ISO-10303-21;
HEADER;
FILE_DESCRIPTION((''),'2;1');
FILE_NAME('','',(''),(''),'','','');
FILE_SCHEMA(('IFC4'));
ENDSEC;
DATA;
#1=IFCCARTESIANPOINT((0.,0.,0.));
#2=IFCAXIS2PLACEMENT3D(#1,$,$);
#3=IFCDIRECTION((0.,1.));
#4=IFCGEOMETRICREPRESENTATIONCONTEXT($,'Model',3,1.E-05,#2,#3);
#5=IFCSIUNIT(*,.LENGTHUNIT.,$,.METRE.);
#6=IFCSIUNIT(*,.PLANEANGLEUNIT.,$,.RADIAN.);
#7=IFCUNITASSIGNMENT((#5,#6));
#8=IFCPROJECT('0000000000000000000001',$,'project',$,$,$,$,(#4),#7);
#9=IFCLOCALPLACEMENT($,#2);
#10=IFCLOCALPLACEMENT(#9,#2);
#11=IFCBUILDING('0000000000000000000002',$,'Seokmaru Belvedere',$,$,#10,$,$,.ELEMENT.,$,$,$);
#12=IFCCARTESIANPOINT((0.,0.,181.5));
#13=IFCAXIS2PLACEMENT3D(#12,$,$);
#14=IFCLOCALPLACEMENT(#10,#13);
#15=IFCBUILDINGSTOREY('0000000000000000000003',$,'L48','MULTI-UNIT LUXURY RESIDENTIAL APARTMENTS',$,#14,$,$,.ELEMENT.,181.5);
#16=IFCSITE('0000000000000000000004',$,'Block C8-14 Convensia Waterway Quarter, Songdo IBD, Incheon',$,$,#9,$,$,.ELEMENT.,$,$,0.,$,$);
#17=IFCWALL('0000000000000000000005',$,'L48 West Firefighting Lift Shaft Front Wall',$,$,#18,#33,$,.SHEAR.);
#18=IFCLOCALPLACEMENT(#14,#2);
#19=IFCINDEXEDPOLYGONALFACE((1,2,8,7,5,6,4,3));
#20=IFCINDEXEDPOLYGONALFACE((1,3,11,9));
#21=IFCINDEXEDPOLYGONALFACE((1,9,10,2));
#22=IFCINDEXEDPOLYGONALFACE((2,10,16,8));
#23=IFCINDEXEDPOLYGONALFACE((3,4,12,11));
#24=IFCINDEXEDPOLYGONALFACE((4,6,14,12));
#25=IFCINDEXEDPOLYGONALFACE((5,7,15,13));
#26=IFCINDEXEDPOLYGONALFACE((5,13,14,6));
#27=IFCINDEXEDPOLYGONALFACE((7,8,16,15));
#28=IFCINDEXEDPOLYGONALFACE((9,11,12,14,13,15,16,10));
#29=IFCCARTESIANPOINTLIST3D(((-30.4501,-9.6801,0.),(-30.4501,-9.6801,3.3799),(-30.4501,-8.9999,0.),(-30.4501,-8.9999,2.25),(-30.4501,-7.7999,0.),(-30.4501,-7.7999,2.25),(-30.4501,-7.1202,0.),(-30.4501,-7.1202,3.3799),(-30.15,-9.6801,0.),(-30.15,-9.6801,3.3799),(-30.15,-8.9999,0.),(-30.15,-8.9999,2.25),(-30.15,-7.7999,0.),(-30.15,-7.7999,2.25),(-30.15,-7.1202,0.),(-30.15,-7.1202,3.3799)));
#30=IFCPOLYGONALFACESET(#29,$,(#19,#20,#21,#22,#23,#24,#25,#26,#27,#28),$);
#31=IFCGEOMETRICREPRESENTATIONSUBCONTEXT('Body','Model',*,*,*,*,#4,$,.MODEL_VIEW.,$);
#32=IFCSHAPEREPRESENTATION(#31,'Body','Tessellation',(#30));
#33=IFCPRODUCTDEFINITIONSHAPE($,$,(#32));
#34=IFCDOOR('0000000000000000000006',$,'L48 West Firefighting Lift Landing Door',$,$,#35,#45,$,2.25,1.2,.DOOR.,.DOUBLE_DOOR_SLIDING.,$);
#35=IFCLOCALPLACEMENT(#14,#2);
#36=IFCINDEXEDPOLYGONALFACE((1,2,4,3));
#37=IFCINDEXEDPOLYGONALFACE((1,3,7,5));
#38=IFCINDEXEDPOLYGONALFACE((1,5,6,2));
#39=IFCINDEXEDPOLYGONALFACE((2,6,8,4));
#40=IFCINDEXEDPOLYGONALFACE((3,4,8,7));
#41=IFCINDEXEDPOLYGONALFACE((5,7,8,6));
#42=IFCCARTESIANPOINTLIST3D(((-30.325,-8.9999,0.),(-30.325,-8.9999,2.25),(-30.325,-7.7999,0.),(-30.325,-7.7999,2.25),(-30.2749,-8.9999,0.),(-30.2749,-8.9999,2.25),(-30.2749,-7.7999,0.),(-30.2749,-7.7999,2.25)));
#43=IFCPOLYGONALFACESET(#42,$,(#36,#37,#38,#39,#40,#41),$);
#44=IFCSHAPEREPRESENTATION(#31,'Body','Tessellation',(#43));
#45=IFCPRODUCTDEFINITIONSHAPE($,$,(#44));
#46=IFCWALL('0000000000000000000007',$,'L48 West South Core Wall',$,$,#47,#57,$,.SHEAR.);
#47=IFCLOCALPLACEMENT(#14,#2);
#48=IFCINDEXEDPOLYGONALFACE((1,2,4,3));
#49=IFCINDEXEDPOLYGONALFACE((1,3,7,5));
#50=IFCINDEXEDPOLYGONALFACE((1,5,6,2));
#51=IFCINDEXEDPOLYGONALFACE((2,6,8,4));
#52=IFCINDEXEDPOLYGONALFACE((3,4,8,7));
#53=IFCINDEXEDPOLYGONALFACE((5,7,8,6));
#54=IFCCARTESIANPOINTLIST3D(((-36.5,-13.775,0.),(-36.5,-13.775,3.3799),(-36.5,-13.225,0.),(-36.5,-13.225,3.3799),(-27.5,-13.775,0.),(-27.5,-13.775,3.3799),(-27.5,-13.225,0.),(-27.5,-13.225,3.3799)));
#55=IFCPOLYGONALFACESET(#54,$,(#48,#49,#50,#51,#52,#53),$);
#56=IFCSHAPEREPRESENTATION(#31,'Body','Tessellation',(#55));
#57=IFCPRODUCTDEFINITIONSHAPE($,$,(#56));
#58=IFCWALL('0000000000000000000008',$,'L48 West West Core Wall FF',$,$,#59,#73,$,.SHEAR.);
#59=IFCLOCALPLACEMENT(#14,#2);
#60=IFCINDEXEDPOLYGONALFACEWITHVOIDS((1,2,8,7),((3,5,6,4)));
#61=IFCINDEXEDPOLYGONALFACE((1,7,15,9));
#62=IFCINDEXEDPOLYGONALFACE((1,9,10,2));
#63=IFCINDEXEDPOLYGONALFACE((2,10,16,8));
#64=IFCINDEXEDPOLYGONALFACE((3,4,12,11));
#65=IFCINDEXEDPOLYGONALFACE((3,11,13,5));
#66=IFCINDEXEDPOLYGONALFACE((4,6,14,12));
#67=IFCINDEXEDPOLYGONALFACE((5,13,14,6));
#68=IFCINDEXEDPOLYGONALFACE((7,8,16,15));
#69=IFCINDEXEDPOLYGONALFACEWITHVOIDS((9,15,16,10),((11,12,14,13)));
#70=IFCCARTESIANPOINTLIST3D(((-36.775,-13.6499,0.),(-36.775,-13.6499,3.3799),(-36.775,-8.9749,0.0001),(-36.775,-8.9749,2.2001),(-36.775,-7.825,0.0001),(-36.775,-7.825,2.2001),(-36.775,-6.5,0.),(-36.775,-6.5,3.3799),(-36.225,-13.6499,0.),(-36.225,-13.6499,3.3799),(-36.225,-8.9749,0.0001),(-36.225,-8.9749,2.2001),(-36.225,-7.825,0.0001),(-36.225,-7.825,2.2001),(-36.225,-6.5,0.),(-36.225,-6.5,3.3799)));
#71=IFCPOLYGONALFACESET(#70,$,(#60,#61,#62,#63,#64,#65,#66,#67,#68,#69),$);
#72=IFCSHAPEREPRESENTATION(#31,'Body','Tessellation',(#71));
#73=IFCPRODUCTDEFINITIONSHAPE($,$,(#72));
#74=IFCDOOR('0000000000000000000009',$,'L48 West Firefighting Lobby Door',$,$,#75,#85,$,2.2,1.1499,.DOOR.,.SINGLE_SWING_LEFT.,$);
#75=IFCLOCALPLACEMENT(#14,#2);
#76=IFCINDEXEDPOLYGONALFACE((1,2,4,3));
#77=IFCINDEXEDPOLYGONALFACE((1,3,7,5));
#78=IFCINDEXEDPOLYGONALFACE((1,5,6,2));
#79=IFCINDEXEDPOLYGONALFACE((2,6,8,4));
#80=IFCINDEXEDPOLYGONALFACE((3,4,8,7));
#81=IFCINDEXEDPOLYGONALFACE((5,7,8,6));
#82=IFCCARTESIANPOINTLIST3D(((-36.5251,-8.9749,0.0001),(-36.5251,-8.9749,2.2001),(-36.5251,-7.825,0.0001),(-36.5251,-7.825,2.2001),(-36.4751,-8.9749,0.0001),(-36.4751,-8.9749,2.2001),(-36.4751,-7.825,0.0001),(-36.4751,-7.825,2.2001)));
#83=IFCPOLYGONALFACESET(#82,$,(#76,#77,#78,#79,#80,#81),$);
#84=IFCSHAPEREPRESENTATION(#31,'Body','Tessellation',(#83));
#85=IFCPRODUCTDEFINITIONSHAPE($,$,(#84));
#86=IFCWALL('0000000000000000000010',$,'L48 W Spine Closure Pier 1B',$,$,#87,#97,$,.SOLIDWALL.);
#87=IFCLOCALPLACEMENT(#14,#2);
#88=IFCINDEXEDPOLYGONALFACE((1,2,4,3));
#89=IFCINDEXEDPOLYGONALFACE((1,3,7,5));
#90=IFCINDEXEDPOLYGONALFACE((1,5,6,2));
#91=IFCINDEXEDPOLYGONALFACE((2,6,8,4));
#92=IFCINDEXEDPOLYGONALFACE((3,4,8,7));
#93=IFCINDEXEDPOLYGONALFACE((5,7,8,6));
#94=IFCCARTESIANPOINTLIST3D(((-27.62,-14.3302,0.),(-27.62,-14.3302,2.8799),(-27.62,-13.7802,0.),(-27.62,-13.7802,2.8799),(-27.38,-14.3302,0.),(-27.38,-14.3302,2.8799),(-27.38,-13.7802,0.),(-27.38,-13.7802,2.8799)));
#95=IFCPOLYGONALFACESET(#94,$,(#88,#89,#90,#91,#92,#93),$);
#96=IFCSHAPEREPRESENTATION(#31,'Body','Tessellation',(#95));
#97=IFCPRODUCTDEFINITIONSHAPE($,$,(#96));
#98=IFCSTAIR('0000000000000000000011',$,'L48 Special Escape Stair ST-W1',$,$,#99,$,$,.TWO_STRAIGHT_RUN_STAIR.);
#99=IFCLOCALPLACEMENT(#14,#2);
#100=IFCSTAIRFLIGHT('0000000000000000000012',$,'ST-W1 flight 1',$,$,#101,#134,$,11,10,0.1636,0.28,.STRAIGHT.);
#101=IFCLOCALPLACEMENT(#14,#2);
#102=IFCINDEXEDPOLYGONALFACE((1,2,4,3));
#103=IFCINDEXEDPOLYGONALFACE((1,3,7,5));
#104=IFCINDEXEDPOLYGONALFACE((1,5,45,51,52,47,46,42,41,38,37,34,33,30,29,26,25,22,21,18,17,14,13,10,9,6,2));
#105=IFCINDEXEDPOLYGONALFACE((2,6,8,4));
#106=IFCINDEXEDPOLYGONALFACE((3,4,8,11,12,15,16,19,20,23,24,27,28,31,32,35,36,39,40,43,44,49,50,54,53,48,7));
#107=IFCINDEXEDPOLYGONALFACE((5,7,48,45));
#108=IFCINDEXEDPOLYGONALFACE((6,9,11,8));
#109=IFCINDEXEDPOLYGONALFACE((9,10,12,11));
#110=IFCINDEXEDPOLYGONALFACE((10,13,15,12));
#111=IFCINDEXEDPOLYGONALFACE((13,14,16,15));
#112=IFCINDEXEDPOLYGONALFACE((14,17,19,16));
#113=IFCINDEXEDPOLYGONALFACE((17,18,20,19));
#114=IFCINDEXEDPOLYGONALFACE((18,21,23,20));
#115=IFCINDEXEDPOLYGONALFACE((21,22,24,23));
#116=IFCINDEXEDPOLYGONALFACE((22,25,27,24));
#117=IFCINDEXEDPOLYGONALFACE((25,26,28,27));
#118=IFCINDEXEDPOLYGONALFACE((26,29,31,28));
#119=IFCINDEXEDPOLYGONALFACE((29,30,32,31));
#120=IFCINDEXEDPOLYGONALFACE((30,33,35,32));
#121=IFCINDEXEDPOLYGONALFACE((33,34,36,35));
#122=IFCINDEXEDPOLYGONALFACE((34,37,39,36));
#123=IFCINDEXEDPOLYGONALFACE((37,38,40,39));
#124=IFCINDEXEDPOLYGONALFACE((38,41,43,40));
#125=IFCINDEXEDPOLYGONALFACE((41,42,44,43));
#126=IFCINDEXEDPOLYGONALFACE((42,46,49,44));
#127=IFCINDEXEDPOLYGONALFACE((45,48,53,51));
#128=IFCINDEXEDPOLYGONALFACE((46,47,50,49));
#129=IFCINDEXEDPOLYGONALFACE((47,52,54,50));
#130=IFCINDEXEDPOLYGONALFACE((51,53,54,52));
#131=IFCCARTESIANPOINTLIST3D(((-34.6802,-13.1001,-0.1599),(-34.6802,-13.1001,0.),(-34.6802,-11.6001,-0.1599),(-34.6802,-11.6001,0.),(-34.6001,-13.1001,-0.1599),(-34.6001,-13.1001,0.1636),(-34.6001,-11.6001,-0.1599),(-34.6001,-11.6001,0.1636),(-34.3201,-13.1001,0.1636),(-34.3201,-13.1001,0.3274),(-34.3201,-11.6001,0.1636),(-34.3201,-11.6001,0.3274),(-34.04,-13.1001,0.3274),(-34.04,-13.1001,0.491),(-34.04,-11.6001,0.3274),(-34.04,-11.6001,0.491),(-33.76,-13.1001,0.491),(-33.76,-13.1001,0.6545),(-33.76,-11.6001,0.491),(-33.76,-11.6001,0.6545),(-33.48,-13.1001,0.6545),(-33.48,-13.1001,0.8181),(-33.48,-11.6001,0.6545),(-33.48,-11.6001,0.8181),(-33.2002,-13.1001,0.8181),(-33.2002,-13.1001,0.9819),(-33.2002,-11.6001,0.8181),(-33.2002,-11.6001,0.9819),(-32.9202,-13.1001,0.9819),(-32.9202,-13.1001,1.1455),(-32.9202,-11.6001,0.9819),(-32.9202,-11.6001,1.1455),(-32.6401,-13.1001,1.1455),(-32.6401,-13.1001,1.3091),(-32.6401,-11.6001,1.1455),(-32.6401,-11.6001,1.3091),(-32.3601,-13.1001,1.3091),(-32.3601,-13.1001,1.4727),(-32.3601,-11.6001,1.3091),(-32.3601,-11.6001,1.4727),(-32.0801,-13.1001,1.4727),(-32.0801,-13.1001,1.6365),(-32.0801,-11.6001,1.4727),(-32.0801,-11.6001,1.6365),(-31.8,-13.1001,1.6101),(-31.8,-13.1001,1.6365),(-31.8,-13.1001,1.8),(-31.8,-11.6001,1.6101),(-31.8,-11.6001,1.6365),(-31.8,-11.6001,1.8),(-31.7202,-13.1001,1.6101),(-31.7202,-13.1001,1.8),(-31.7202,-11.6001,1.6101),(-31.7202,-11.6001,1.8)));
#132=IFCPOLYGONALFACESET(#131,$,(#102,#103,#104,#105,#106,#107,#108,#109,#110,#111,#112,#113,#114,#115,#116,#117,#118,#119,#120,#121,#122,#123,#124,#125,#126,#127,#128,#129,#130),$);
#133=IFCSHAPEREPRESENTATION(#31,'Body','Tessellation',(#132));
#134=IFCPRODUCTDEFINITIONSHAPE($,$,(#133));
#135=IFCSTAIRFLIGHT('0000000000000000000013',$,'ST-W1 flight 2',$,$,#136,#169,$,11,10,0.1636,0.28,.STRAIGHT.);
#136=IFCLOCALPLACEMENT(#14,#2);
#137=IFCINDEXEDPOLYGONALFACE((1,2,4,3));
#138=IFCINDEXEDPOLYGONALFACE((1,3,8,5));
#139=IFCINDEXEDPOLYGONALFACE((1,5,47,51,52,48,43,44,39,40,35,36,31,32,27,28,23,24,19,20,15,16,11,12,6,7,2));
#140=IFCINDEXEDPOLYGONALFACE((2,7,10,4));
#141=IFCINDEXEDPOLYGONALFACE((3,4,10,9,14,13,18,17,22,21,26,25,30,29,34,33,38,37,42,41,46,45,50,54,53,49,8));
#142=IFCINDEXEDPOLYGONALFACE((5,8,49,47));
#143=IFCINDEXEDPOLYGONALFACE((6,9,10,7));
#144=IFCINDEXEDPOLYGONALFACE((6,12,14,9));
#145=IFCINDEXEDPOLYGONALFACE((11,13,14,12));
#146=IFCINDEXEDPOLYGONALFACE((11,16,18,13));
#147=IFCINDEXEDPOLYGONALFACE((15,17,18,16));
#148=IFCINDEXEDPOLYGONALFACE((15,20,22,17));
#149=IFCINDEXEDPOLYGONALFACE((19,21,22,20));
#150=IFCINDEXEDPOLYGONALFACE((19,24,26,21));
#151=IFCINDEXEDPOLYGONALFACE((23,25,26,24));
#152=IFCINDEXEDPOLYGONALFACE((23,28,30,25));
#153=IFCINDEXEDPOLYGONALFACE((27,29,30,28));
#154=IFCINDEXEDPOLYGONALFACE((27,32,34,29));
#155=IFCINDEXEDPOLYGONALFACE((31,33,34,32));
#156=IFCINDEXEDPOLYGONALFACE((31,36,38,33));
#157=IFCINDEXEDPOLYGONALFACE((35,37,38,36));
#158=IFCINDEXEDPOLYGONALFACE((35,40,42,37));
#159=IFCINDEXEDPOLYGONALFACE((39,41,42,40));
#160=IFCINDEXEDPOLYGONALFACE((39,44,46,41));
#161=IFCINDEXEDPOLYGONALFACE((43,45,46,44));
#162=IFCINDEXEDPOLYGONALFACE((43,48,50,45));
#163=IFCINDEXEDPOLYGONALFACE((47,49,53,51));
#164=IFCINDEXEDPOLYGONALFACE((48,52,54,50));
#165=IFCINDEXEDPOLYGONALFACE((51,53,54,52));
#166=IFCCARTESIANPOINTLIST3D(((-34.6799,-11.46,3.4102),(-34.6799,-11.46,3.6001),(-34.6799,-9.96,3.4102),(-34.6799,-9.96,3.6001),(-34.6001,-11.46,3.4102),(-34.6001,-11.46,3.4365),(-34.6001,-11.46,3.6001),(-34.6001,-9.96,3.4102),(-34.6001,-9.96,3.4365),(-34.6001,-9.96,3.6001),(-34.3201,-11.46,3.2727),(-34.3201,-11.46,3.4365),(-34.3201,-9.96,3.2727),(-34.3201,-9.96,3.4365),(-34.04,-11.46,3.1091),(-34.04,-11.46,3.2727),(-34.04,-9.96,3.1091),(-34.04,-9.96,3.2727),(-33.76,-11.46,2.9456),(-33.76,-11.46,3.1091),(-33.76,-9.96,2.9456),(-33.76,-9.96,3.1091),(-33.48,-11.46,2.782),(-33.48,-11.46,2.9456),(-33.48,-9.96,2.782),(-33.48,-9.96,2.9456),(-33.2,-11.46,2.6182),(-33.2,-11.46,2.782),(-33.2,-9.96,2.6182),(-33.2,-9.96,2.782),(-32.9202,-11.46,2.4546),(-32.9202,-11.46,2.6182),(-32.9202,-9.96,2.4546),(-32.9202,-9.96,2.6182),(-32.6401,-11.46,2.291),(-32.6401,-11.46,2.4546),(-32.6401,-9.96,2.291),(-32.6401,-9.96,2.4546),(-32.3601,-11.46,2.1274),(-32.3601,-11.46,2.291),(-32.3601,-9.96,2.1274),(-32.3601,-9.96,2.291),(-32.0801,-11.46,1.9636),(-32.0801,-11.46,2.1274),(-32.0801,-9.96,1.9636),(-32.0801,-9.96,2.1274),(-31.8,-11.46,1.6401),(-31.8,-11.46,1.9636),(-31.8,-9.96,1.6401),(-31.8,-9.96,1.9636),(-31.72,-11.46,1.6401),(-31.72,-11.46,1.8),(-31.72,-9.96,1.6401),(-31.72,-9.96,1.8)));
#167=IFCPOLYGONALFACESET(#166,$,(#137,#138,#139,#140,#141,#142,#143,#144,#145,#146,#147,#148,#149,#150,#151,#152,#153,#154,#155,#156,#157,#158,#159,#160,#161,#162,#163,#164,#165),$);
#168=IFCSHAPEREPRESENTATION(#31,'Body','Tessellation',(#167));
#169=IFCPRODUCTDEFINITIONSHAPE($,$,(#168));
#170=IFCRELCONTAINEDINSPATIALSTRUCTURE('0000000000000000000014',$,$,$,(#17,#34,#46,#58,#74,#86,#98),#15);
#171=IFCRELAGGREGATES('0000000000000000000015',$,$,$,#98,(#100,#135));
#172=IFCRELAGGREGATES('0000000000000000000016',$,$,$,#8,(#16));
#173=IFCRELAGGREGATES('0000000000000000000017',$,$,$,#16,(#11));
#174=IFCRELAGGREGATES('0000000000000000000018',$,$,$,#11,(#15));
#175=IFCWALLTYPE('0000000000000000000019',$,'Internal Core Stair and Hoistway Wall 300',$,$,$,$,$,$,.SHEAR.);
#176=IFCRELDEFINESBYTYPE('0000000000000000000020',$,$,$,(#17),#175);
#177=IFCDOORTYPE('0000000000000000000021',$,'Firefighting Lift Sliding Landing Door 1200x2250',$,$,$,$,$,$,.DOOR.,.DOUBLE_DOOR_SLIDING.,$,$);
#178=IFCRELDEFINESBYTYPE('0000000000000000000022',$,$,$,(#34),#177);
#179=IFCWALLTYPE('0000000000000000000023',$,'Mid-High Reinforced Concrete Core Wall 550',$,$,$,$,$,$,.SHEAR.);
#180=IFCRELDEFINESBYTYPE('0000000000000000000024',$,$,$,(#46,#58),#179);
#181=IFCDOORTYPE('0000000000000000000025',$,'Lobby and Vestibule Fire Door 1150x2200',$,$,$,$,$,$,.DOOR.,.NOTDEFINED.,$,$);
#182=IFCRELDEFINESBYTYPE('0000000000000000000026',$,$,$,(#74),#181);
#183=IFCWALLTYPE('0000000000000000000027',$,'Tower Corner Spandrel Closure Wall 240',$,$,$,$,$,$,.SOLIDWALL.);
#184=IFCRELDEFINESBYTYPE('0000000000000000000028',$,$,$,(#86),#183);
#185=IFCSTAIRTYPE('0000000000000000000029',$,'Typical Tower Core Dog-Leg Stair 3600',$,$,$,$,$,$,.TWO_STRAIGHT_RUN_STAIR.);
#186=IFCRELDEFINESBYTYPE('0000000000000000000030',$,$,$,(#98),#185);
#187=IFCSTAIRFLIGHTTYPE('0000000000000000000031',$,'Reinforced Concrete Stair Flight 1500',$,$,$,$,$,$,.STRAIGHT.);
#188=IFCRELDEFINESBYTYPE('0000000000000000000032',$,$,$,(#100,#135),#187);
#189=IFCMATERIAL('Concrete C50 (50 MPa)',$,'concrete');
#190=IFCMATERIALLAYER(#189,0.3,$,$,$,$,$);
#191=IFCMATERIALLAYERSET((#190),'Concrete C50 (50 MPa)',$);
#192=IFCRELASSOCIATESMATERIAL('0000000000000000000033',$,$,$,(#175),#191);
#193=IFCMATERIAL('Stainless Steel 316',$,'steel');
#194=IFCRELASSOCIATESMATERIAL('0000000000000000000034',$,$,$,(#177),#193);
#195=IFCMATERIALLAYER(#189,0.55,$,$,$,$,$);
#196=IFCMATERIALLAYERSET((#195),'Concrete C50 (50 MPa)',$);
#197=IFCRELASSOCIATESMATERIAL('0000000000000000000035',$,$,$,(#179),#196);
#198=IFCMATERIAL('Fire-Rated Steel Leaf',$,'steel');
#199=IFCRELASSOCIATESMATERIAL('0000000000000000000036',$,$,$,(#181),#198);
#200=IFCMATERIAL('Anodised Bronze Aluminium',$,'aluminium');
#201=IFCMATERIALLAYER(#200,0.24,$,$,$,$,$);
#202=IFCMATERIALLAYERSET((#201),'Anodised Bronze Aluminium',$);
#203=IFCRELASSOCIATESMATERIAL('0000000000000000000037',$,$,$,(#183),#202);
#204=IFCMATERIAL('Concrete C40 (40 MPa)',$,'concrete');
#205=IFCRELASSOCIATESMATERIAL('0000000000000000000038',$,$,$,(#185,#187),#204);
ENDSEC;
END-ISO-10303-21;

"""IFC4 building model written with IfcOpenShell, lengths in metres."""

from ifc_helpers import new_model, si_unit, direction, frame, frame_2d, origin, place, context, subcontext, project, spatial, polyline, rectangle, outline, extrude, source, transform, mapped, material, layer, layer_set, type_object, type_shapes, element, fill, aggregate, save


model = new_model("IFC4")

# Units and contexts
model_context = context("Model", 3, precision=1e-05, world=origin(), true_north=direction((0.0, 1.0)))
body_context = subcontext(model_context, "Body", "Model", "MODEL_VIEW")
ifc_project = project(units=[si_unit("LENGTHUNIT", "METRE"), si_unit("PLANEANGLEUNIT", "RADIAN")], contexts=[model_context])

# Site, building, storey
site_placement = place(None, origin())
site = spatial("IfcSite", under=ifc_project, at=site_placement, Name="Block C8-14 Convensia Waterway Quarter, Songdo IBD, Incheon", CompositionType="ELEMENT", RefElevation=0.0)
building_placement = place(site_placement, origin())
building = spatial("IfcBuilding", under=site, at=building_placement, Name="Seokmaru Belvedere", CompositionType="ELEMENT")
storey_placement = place(building_placement, frame((0.0, 0.0, 181.5)))
storey = spatial("IfcBuildingStorey", under=building, at=storey_placement, Name="L48", Description="MULTI-UNIT LUXURY RESIDENTIAL APARTMENTS", CompositionType="ELEMENT", Elevation=181.5)

# Shared definitions
ifc_material_1 = material(Name="Anodised Bronze Aluminium", Category="aluminium")

# Shared definitions
ifc_material_2 = material(Name="Concrete C50 (50 MPa)", Category="concrete")

# Wall, opening, door
ifc_layer_1 = layer(ifc_material_2, 0.3)
ifc_layer_set_1 = layer_set([ifc_layer_1], Name="Concrete C50 (50 MPa)")
wall_type_1 = type_object("IfcWallType", Name="Internal Core Stair and Hoistway Wall 300", PredefinedType="SHEAR", material=ifc_layer_set_1)
ifc_material_3 = material(Name="Fire-Rated Steel Leaf", Category="steel")
wall_1_placement = place(storey_placement, frame((-30.3, -9.6799, 0.0), z_axis=(0.0, 0.0, 1.0), x_axis=(0.0, 1.0, 0.0)))
wall_1 = element("IfcWall", 1, at=wall_1_placement, inside=storey, type_object=wall_type_1, Name="L48 West Firefighting Lift Shaft Front Wall", PredefinedType="SHEAR", context=body_context, shape_type="SweptSolid", body=[
    extrude(rectangle(XDim=2.5598, YDim=0.3, at=frame_2d((1.2798, 0.0))), origin(), (0.0, 0.0, 1.0), 3.3799),
])
opening_1_placement = place(wall_1_placement, frame((0.6799, 0.0, 0.0)))
opening_1 = element("IfcOpeningElement", 2, at=opening_1_placement, cuts=wall_1, PredefinedType="OPENING", context=body_context, shape_type="SweptSolid", body=[
    extrude(rectangle(XDim=1.2, YDim=2.25, at=frame_2d((0.6001, 1.125))), frame((0.0, 0.1602, 0.0), z_axis=(0.0, -1.0, 0.0), x_axis=(1.0, 0.0, 0.0)), (0.0, 0.0, 1.0), 0.3201),
])
ifc_material_4 = material(Name="Stainless Steel 316", Category="steel")
door_type_1 = type_object("IfcDoorType", Name="Firefighting Lift Sliding Landing Door 1200x2250", OperationType="DOUBLE_DOOR_SLIDING", PredefinedType="DOOR", material=ifc_material_4)
shared_shape_1 = source(origin(), body_context, "Body", "SweptSolid", [
    extrude(rectangle(XDim=1.2, YDim=2.25, at=frame_2d((0.6001, 1.125))), frame((0.0, 0.0249, 0.0), z_axis=(0.0, -1.0, 0.0), x_axis=(1.0, 0.0, 0.0)), (0.0, 0.0, 1.0), 0.05),
])
type_shapes(door_type_1, [shared_shape_1])
door_1_placement = place(opening_1_placement, origin())
door_1 = element("IfcDoor", 3, at=door_1_placement, inside=storey, type_object=door_type_1, Name="L48 West Firefighting Lift Landing Door", OperationType="DOUBLE_DOOR_SLIDING", OverallHeight=2.25, OverallWidth=1.2, PredefinedType="DOOR", context=body_context, shape_type="MappedRepresentation", body=[
    mapped(shared_shape_1, transform((0.0, 0.0, 0.0), scale=1.0)),
])
fill(opening_1, door_1)

# Wall
ifc_layer_2 = layer(ifc_material_2, 0.55)
ifc_layer_set_2 = layer_set([ifc_layer_2], Name="Concrete C50 (50 MPa)")
wall_type_2 = type_object("IfcWallType", Name="Mid-High Reinforced Concrete Core Wall 550", PredefinedType="SHEAR", material=ifc_layer_set_2)
wall_2_placement = place(storey_placement, frame((-36.5, -13.5, 0.0), z_axis=(0.0, 0.0, 1.0), x_axis=(1.0, 0.0, 0.0)))
element("IfcWall", 4, at=wall_2_placement, inside=storey, type_object=wall_type_2, Name="L48 West South Core Wall", PredefinedType="SHEAR", context=body_context, shape_type="SweptSolid", body=[
    extrude(rectangle(XDim=9.0, YDim=0.55, at=frame_2d((4.5, 0.0))), origin(), (0.0, 0.0, 1.0), 3.3799),
])

# Wall, opening, door
wall_3_placement = place(storey_placement, frame((-36.5, -13.6499, 0.0), z_axis=(0.0, 0.0, 1.0), x_axis=(0.0, 1.0, 0.0)))
wall_3 = element("IfcWall", 5, at=wall_3_placement, inside=storey, type_object=wall_type_2, Name="L48 West West Core Wall FF", PredefinedType="SHEAR", context=body_context, shape_type="SweptSolid", body=[
    extrude(rectangle(XDim=7.1499, YDim=0.55, at=frame_2d((3.575, 0.0))), origin(), (0.0, 0.0, 1.0), 3.3799),
])
opening_2_placement = place(wall_3_placement, frame((4.675, 0.0, 0.0)))
opening_2 = element("IfcOpeningElement", 6, at=opening_2_placement, cuts=wall_3, PredefinedType="OPENING", context=body_context, shape_type="SweptSolid", body=[
    extrude(rectangle(XDim=1.1499, YDim=2.2, at=frame_2d((0.575, 1.1001))), frame((0.0, 0.2852, 0.0), z_axis=(0.0, -1.0, 0.0), x_axis=(1.0, 0.0, 0.0)), (0.0, 0.0, 1.0), 0.5701),
])
door_type_2 = type_object("IfcDoorType", Name="Lobby and Vestibule Fire Door 1150x2200", OperationType="NOTDEFINED", PredefinedType="DOOR", material=ifc_material_3)
shared_shape_2 = source(origin(), body_context, "Body", "SweptSolid", [
    extrude(rectangle(XDim=1.1499, YDim=2.2, at=frame_2d((0.575, 1.1001))), frame((0.0, 0.0249, 0.0), z_axis=(0.0, -1.0, 0.0), x_axis=(1.0, 0.0, 0.0)), (0.0, 0.0, 1.0), 0.05),
])
type_shapes(door_type_2, [shared_shape_2])
door_2_placement = place(opening_2_placement, frame((1.1499, 0.0, 0.0), z_axis=(0.0, 0.0, 1.0), x_axis=(-1.0, 0.0, 0.0)))
door_2 = element("IfcDoor", 7, at=door_2_placement, inside=storey, type_object=door_type_2, Name="L48 West Firefighting Lobby Door", OperationType="SINGLE_SWING_LEFT", OverallHeight=2.2, OverallWidth=1.1499, PredefinedType="DOOR", context=body_context, shape_type="MappedRepresentation", body=[
    mapped(shared_shape_2, transform((0.0, 0.0, 0.0), scale=1.0)),
])
fill(opening_2, door_2)

# Wall
ifc_layer_3 = layer(ifc_material_1, 0.24)
ifc_layer_set_3 = layer_set([ifc_layer_3], Name="Anodised Bronze Aluminium")
wall_type_3 = type_object("IfcWallType", Name="Tower Corner Spandrel Closure Wall 240", PredefinedType="SOLIDWALL", material=ifc_layer_set_3)
wall_4_placement = place(storey_placement, frame((-27.5, -14.3301, 0.0), z_axis=(0.0, 0.0, 1.0), x_axis=(0.0, 1.0, 0.0)))
element("IfcWall", 8, at=wall_4_placement, inside=storey, type_object=wall_type_3, Name="L48 W Spine Closure Pier 1B", PredefinedType="SOLIDWALL", context=body_context, shape_type="SweptSolid", body=[
    extrude(rectangle(XDim=0.55, YDim=0.24, at=frame_2d((0.2749, 0.0))), origin(), (0.0, 0.0, 1.0), 2.8799),
])

# Stair, stair flights
ifc_material_5 = material(Name="Concrete C40 (40 MPa)", Category="concrete")
stair_type = type_object("IfcStairType", Name="Typical Tower Core Dog-Leg Stair 3600", PredefinedType="TWO_STRAIGHT_RUN_STAIR", material=ifc_material_5)
stair_placement = place(storey_placement, origin())
stair = element("IfcStair", 9, at=stair_placement, inside=storey, type_object=stair_type, Name="L48 Special Escape Stair ST-W1", PredefinedType="TWO_STRAIGHT_RUN_STAIR")
stair_flight_type = type_object("IfcStairFlightType", Name="Reinforced Concrete Stair Flight 1500", PredefinedType="STRAIGHT", material=ifc_material_5)
stair_flight_1_placement = place(storey_placement, frame((-34.6001, -12.3501, 0.0), z_axis=(0.0, 0.0, 1.0), x_axis=(1.0, 0.0, 0.0)))
stair_flight_1 = element("IfcStairFlight", 10, at=stair_flight_1_placement, type_object=stair_flight_type, Name="ST-W1 flight 1", NumberOfRisers=11, NumberOfTreads=10, PredefinedType="STRAIGHT", RiserHeight=0.1636, TreadLength=0.28, context=body_context, shape_type="SweptSolid", body=[
    extrude(outline(polyline([(-0.0801, 0.0), (0.0, 0.1636), (0.28, 0.1636), (0.28, 0.3274), (0.5601, 0.3274), (0.5601, 0.491), (0.8401, 0.491), (0.8401, 0.6545), (1.1201, 0.6545), (1.1201, 0.8181), (1.3999, 0.8181), (1.3999, 0.9819), (1.6799, 0.9819), (1.6799, 1.1455), (1.96, 1.1455), (1.96, 1.3091), (2.24, 1.3091), (2.24, 1.4727), (2.52, 1.4727), (2.52, 1.6365), (2.8, 1.6365), (2.8, 1.8), (2.8799, 1.8), (2.8799, 1.6101), (2.8, 1.6101), (0.0, -0.1599), (-0.0801, -0.1599), (-0.0801, 0.0)])), frame((0.0, 0.75, 0.0), z_axis=(0.0, -1.0, 0.0), x_axis=(1.0, 0.0, 0.0)), (0.0, 0.0, 1.0), 1.5),
])
stair_flight_2_placement = place(storey_placement, frame((-31.8, -10.71, 1.8), z_axis=(0.0, 0.0, 1.0), x_axis=(-1.0, 0.0, 0.0)))
stair_flight_2 = element("IfcStairFlight", 11, at=stair_flight_2_placement, type_object=stair_flight_type, Name="ST-W1 flight 2", NumberOfRisers=11, NumberOfTreads=10, PredefinedType="STRAIGHT", RiserHeight=0.1636, TreadLength=0.28, context=body_context, shape_type="SweptSolid", body=[
    extrude(outline(polyline([(-0.0801, 0.0), (0.0, 0.1636), (0.28, 0.1636), (0.28, 0.3274), (0.5601, 0.3274), (0.5601, 0.491), (0.8401, 0.491), (0.8401, 0.6545), (1.1201, 0.6545), (1.1201, 0.8181), (1.3999, 0.8181), (1.3999, 0.9819), (1.6799, 0.9819), (1.6799, 1.1455), (1.96, 1.1455), (1.96, 1.3091), (2.24, 1.3091), (2.24, 1.4727), (2.52, 1.4727), (2.52, 1.6365), (2.8, 1.6365), (2.8, 1.8), (2.8799, 1.8), (2.8799, 1.6101), (2.8, 1.6101), (0.0, -0.1599), (-0.0801, -0.1599), (-0.0801, 0.0)])), frame((0.0, 0.75, 0.0), z_axis=(0.0, -1.0, 0.0), x_axis=(1.0, 0.0, 0.0)), (0.0, 0.0, 1.0), 1.5),
])
aggregate(stair, [stair_flight_1, stair_flight_2])

save(model, "model.ifc")
